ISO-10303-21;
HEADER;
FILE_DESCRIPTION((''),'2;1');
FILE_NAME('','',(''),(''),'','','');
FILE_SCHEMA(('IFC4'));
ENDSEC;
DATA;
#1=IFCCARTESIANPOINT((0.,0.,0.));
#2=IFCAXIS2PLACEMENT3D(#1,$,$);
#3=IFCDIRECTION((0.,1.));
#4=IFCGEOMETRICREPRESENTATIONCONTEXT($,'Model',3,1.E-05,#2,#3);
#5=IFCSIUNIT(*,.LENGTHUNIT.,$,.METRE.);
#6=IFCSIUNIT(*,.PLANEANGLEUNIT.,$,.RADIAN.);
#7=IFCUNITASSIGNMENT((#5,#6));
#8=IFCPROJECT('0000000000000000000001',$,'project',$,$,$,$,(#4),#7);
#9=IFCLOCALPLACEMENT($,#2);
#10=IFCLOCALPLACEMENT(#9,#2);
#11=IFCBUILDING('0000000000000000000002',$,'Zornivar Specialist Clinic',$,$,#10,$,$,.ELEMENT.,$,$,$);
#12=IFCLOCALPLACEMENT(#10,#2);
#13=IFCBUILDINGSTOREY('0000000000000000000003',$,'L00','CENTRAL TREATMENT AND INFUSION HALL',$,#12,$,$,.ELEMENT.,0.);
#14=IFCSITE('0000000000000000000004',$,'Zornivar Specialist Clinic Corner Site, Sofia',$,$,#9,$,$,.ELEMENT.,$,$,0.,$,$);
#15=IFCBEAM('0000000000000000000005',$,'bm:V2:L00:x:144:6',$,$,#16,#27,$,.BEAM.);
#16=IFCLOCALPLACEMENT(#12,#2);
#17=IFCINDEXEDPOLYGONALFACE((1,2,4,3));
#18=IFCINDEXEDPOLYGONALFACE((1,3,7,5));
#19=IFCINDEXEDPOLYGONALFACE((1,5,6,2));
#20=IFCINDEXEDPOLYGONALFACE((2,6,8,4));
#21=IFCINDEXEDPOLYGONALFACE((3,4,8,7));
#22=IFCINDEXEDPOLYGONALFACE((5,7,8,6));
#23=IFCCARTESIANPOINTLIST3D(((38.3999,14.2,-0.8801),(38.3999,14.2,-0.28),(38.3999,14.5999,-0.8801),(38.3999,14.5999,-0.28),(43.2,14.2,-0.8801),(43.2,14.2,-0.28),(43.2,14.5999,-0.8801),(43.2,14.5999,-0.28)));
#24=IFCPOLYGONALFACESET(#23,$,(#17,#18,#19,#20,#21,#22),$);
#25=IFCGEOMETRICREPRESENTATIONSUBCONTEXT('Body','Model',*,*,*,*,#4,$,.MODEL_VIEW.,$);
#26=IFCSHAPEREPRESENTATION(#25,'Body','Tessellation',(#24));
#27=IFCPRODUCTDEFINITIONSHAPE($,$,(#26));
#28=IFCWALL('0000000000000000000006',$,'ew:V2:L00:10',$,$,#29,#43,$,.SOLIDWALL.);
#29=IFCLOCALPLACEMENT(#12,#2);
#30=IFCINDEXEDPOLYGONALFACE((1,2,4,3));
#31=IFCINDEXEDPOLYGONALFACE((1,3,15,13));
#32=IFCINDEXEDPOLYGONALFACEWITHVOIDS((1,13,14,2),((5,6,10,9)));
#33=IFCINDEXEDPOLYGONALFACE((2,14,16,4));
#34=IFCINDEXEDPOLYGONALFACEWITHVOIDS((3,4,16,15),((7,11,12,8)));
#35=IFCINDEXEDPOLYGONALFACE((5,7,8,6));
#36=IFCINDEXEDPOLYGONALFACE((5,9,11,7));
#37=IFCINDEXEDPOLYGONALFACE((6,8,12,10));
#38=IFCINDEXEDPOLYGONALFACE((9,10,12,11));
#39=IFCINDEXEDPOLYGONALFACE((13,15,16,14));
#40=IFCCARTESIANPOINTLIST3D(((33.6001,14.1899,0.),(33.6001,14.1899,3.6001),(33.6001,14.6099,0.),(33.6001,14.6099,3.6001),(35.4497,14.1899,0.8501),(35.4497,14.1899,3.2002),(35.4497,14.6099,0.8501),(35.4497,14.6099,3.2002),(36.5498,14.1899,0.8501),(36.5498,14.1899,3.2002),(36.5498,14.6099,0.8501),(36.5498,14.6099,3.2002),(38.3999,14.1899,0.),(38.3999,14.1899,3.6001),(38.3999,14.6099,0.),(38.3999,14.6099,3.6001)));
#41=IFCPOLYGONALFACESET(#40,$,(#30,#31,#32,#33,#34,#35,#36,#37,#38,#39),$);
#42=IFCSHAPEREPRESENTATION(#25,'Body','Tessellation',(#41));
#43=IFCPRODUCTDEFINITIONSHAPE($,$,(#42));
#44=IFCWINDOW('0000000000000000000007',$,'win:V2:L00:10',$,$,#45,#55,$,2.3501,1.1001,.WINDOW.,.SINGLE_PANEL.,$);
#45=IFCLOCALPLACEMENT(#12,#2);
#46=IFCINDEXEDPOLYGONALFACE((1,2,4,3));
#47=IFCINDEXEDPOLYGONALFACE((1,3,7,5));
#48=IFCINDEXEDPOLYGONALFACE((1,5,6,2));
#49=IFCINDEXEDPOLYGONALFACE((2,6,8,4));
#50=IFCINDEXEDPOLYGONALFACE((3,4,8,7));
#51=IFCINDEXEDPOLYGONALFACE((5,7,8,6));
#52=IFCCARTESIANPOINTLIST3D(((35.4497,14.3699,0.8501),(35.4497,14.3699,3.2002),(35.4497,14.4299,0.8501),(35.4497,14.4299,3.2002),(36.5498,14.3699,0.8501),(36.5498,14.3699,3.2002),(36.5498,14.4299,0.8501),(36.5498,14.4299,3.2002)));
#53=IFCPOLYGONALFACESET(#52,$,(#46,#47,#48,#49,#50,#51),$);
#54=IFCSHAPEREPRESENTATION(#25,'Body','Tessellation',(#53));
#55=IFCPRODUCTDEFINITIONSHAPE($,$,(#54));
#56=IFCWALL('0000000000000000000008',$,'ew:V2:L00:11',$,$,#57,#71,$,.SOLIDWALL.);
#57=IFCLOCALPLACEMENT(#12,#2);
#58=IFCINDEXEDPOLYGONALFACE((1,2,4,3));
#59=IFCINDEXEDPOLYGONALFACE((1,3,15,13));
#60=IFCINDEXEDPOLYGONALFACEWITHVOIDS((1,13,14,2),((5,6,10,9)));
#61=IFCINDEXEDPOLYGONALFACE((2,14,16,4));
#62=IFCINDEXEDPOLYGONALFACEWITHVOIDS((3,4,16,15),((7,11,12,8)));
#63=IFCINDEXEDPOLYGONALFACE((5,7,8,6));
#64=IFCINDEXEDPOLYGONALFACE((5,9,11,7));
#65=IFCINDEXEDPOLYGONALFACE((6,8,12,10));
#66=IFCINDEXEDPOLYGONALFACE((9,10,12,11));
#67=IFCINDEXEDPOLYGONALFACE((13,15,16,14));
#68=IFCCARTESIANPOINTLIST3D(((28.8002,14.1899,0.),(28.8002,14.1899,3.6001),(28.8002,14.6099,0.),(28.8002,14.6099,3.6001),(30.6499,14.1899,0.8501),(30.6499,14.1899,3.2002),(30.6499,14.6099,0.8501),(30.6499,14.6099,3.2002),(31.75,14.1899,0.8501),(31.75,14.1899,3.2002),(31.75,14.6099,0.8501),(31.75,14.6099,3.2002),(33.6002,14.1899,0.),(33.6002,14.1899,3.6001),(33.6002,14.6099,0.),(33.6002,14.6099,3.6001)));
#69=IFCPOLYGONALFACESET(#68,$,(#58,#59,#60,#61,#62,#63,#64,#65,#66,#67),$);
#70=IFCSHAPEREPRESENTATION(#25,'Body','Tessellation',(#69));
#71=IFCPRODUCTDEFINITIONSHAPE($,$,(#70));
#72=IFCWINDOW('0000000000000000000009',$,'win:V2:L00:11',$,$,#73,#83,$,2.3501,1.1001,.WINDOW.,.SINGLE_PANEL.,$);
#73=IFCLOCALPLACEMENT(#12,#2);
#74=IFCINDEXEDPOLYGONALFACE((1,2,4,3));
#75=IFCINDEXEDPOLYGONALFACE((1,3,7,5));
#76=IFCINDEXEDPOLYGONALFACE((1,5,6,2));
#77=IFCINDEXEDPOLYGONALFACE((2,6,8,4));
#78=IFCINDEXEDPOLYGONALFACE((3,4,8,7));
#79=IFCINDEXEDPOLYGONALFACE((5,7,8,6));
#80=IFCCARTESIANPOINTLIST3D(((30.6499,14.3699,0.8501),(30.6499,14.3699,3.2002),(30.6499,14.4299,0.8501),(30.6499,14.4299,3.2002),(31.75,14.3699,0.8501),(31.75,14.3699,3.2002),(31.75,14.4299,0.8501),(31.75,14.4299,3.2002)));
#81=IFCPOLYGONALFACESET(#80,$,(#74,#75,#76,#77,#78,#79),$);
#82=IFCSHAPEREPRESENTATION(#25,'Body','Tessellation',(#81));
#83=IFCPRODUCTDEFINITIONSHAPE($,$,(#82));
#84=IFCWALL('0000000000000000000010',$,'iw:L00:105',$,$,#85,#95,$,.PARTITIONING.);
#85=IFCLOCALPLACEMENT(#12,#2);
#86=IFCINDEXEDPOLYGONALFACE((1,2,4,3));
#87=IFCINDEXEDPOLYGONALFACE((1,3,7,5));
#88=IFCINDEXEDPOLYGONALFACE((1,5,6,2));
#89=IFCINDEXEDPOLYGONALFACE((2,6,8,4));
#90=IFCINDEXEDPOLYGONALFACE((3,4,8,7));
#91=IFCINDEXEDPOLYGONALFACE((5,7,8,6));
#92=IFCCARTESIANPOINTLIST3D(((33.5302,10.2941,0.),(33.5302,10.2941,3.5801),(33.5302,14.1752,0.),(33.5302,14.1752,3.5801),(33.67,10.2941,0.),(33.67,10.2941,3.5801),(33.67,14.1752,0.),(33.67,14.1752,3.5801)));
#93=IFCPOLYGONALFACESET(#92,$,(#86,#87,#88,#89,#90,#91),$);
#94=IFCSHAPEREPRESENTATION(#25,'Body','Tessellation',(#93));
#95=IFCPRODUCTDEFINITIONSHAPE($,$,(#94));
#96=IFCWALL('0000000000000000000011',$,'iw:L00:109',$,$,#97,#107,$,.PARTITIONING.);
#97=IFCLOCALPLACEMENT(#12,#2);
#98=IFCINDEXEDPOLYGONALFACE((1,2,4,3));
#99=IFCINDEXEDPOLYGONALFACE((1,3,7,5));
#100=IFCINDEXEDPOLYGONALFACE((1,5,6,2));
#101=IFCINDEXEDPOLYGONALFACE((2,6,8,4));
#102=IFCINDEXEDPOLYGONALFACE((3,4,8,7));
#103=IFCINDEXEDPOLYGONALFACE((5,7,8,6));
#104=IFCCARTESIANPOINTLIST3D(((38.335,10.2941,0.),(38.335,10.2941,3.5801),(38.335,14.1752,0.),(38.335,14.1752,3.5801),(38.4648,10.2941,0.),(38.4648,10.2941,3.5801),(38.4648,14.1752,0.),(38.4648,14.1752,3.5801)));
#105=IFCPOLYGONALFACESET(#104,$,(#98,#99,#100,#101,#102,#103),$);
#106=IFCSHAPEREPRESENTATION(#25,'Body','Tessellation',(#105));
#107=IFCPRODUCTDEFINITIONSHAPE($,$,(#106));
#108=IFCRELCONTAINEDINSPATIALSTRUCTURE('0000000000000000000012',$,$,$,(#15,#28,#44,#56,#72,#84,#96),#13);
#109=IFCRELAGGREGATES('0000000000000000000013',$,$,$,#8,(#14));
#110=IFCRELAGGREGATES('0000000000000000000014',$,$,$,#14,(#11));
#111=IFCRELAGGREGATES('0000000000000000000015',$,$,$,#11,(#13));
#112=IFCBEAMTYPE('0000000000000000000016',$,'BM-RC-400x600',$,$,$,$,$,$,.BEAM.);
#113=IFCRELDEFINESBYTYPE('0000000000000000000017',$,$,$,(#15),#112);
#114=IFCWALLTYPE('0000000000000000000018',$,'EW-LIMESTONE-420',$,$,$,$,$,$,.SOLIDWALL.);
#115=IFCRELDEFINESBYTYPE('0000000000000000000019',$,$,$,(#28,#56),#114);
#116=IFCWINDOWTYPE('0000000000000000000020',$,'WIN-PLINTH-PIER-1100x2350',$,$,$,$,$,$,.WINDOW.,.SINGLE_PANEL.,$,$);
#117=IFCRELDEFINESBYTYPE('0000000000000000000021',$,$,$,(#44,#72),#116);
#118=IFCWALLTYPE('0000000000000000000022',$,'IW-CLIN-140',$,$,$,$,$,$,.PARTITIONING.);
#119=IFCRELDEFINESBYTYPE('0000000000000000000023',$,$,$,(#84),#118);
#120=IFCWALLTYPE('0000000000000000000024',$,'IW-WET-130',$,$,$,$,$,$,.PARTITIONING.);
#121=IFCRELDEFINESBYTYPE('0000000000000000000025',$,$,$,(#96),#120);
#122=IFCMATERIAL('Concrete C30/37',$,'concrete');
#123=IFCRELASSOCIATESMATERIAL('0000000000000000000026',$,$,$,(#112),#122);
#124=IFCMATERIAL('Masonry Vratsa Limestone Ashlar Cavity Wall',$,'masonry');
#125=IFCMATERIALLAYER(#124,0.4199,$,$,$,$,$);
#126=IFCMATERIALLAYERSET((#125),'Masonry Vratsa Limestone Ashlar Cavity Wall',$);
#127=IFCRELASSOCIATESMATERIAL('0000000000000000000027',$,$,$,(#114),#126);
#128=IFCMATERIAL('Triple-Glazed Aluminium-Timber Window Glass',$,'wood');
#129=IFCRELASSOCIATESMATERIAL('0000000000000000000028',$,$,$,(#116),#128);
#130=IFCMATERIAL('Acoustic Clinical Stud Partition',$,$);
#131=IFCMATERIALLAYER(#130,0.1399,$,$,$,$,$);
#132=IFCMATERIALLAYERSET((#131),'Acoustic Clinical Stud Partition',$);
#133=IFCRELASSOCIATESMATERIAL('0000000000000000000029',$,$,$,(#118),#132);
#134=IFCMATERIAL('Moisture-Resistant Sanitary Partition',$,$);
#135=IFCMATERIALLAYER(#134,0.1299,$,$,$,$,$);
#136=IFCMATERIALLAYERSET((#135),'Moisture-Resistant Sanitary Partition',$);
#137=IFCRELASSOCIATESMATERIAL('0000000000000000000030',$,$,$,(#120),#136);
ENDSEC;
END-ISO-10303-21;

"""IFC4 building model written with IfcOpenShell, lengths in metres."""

from ifc_helpers import new_model, si_unit, direction, frame, frame_2d, origin, origin_2d, place, context, subcontext, project, spatial, rectangle, extrude, material, layer, layer_set, material_profile, profile_set, type_object, element, fill, save


model = new_model("IFC4")

# Units and contexts
model_context = context("Model", 3, precision=1e-05, world=origin(), true_north=direction((0.0, 1.0)))
body_context = subcontext(model_context, "Body", "Model", "MODEL_VIEW")
ifc_project = project(units=[si_unit("LENGTHUNIT", "METRE"), si_unit("PLANEANGLEUNIT", "RADIAN")], contexts=[model_context])

# Site, building, storey
site_placement = place(None, origin())
site = spatial("IfcSite", under=ifc_project, at=site_placement, Name="Zornivar Specialist Clinic Corner Site, Sofia", CompositionType="ELEMENT", RefElevation=0.0)
building_placement = place(site_placement, origin())
building = spatial("IfcBuilding", under=site, at=building_placement, Name="Zornivar Specialist Clinic", CompositionType="ELEMENT")
storey_placement = place(building_placement, origin())
storey = spatial("IfcBuildingStorey", under=building, at=storey_placement, Name="L00", Description="CENTRAL TREATMENT AND INFUSION HALL", CompositionType="ELEMENT", Elevation=0.0)

# Beam
ifc_material_1 = material(Name="Concrete C30/37", Category="concrete")
ifc_material_profile_1 = material_profile(ifc_material_1, rectangle(XDim=0.3999, YDim=0.6001, at=origin_2d()), Name="RC 400x600")
ifc_profile_set_1 = profile_set([ifc_material_profile_1], Name="Concrete C30/37")
beam_type = type_object("IfcBeamType", Name="BM-RC-400x600", PredefinedType="BEAM", material=ifc_profile_set_1)
beam_1_placement = place(storey_placement, frame((38.3999, 14.3999, -0.5801), z_axis=(1.0, 0.0, 0.0), x_axis=(0.0, 1.0, 0.0)))
element("IfcBeam", 1, at=beam_1_placement, inside=storey, type_object=beam_type, Name="bm:V2:L00:x:144:6", PredefinedType="BEAM", context=body_context, shape_type="SweptSolid", body=[
    extrude(rectangle(XDim=0.3999, YDim=0.6001, at=origin_2d()), origin(), (0.0, 0.0, 1.0), 4.8),
])

# Walls, openings, windows
ifc_material_2 = material(Name="Masonry Vratsa Limestone Ashlar Cavity Wall", Category="masonry")
ifc_layer_1 = layer(ifc_material_2, 0.4199)
ifc_layer_set_1 = layer_set([ifc_layer_1], Name="Masonry Vratsa Limestone Ashlar Cavity Wall")
wall_type_1 = type_object("IfcWallType", Name="EW-LIMESTONE-420", PredefinedType="SOLIDWALL", material=ifc_layer_set_1)
wall_1_placement = place(storey_placement, frame((38.3999, 14.3999, 0.0), z_axis=(0.0, 0.0, 1.0), x_axis=(-1.0, 0.0, 0.0)))
wall_1 = element("IfcWall", 2, at=wall_1_placement, inside=storey, type_object=wall_type_1, Name="ew:V2:L00:10", PredefinedType="SOLIDWALL", context=body_context, shape_type="SweptSolid", body=[
    extrude(rectangle(XDim=4.7998, YDim=0.4199, at=frame_2d((2.3999, 0.0))), origin(), (0.0, 0.0, 1.0), 3.6001),
])
opening_1_placement = place(wall_1_placement, frame((1.8501, 0.0, 0.8501)))
opening_1 = element("IfcOpeningElement", 3, at=opening_1_placement, cuts=wall_1, PredefinedType="OPENING", context=body_context, shape_type="SweptSolid", body=[
    extrude(rectangle(XDim=1.1001, YDim=2.3501, at=frame_2d((0.55, 1.175))), frame((0.0, 0.22, 0.0), z_axis=(0.0, -1.0, 0.0), x_axis=(1.0, 0.0, 0.0)), (0.0, 0.0, 1.0), 0.4399),
])
ifc_material_3 = material(Name="Triple-Glazed Aluminium-Timber Window Glass", Category="wood")
window_type = type_object("IfcWindowType", Name="WIN-PLINTH-PIER-1100x2350", PartitioningType="SINGLE_PANEL", PredefinedType="WINDOW", material=ifc_material_3)
window_1_placement = place(opening_1_placement, origin())
window_1 = element("IfcWindow", 4, at=window_1_placement, inside=storey, type_object=window_type, Name="win:V2:L00:10", OverallHeight=2.3501, OverallWidth=1.1001, PartitioningType="SINGLE_PANEL", PredefinedType="WINDOW", context=body_context, shape_type="SweptSolid", body=[
    extrude(rectangle(XDim=1.1001, YDim=2.3501, at=frame_2d((0.55, 1.175))), frame((0.0, 0.03, 0.0), z_axis=(0.0, -1.0, 0.0), x_axis=(1.0, 0.0, 0.0)), (0.0, 0.0, 1.0), 0.0601),
])
fill(opening_1, window_1)
wall_2_placement = place(storey_placement, frame((33.6001, 14.3999, 0.0), z_axis=(0.0, 0.0, 1.0), x_axis=(-1.0, 0.0, 0.0)))
wall_2 = element("IfcWall", 5, at=wall_2_placement, inside=storey, type_object=wall_type_1, Name="ew:V2:L00:11", PredefinedType="SOLIDWALL", context=body_context, shape_type="SweptSolid", body=[
    extrude(rectangle(XDim=4.8, YDim=0.4199, at=frame_2d((2.3999, 0.0))), origin(), (0.0, 0.0, 1.0), 3.6001),
])
opening_2_placement = place(wall_2_placement, frame((1.8501, 0.0, 0.8501)))
opening_2 = element("IfcOpeningElement", 6, at=opening_2_placement, cuts=wall_2, PredefinedType="OPENING", context=body_context, shape_type="SweptSolid", body=[
    extrude(rectangle(XDim=1.1001, YDim=2.3501, at=frame_2d((0.55, 1.175))), frame((0.0, 0.22, 0.0), z_axis=(0.0, -1.0, 0.0), x_axis=(1.0, 0.0, 0.0)), (0.0, 0.0, 1.0), 0.4399),
])
window_2_placement = place(opening_2_placement, origin())
window_2 = element("IfcWindow", 7, at=window_2_placement, inside=storey, type_object=window_type, Name="win:V2:L00:11", OverallHeight=2.3501, OverallWidth=1.1001, PartitioningType="SINGLE_PANEL", PredefinedType="WINDOW", context=body_context, shape_type="SweptSolid", body=[
    extrude(rectangle(XDim=1.1001, YDim=2.3501, at=frame_2d((0.55, 1.175))), frame((0.0, 0.03, 0.0), z_axis=(0.0, -1.0, 0.0), x_axis=(1.0, 0.0, 0.0)), (0.0, 0.0, 1.0), 0.0601),
])
fill(opening_2, window_2)

# Walls
ifc_material_4 = material(Name="Acoustic Clinical Stud Partition")
ifc_layer_2 = layer(ifc_material_4, 0.1399)
ifc_layer_set_2 = layer_set([ifc_layer_2], Name="Acoustic Clinical Stud Partition")
wall_type_2 = type_object("IfcWallType", Name="IW-CLIN-140", PredefinedType="PARTITIONING", material=ifc_layer_set_2)
wall_3_placement = place(storey_placement, frame((33.6001, 14.175, 0.0), z_axis=(0.0, 0.0, 1.0), x_axis=(0.0, -1.0, 0.0)))
element("IfcWall", 8, at=wall_3_placement, inside=storey, type_object=wall_type_2, Name="iw:L00:105", PredefinedType="PARTITIONING", context=body_context, shape_type="SweptSolid", body=[
    extrude(rectangle(XDim=3.8811, YDim=0.1399, at=frame_2d((1.9404, 0.0))), origin(), (0.0, 0.0, 1.0), 3.5801),
])
ifc_material_5 = material(Name="Moisture-Resistant Sanitary Partition")
ifc_layer_3 = layer(ifc_material_5, 0.1299)
ifc_layer_set_3 = layer_set([ifc_layer_3], Name="Moisture-Resistant Sanitary Partition")
wall_type_3 = type_object("IfcWallType", Name="IW-WET-130", PredefinedType="PARTITIONING", material=ifc_layer_set_3)
wall_4_placement = place(storey_placement, frame((38.3999, 14.175, 0.0), z_axis=(0.0, 0.0, 1.0), x_axis=(0.0, -1.0, 0.0)))
element("IfcWall", 9, at=wall_4_placement, inside=storey, type_object=wall_type_3, Name="iw:L00:109", PredefinedType="PARTITIONING", context=body_context, shape_type="SweptSolid", body=[
    extrude(rectangle(XDim=3.8811, YDim=0.1299, at=frame_2d((1.9404, 0.0))), origin(), (0.0, 0.0, 1.0), 3.5801),
])

save(model, "model.ifc")
